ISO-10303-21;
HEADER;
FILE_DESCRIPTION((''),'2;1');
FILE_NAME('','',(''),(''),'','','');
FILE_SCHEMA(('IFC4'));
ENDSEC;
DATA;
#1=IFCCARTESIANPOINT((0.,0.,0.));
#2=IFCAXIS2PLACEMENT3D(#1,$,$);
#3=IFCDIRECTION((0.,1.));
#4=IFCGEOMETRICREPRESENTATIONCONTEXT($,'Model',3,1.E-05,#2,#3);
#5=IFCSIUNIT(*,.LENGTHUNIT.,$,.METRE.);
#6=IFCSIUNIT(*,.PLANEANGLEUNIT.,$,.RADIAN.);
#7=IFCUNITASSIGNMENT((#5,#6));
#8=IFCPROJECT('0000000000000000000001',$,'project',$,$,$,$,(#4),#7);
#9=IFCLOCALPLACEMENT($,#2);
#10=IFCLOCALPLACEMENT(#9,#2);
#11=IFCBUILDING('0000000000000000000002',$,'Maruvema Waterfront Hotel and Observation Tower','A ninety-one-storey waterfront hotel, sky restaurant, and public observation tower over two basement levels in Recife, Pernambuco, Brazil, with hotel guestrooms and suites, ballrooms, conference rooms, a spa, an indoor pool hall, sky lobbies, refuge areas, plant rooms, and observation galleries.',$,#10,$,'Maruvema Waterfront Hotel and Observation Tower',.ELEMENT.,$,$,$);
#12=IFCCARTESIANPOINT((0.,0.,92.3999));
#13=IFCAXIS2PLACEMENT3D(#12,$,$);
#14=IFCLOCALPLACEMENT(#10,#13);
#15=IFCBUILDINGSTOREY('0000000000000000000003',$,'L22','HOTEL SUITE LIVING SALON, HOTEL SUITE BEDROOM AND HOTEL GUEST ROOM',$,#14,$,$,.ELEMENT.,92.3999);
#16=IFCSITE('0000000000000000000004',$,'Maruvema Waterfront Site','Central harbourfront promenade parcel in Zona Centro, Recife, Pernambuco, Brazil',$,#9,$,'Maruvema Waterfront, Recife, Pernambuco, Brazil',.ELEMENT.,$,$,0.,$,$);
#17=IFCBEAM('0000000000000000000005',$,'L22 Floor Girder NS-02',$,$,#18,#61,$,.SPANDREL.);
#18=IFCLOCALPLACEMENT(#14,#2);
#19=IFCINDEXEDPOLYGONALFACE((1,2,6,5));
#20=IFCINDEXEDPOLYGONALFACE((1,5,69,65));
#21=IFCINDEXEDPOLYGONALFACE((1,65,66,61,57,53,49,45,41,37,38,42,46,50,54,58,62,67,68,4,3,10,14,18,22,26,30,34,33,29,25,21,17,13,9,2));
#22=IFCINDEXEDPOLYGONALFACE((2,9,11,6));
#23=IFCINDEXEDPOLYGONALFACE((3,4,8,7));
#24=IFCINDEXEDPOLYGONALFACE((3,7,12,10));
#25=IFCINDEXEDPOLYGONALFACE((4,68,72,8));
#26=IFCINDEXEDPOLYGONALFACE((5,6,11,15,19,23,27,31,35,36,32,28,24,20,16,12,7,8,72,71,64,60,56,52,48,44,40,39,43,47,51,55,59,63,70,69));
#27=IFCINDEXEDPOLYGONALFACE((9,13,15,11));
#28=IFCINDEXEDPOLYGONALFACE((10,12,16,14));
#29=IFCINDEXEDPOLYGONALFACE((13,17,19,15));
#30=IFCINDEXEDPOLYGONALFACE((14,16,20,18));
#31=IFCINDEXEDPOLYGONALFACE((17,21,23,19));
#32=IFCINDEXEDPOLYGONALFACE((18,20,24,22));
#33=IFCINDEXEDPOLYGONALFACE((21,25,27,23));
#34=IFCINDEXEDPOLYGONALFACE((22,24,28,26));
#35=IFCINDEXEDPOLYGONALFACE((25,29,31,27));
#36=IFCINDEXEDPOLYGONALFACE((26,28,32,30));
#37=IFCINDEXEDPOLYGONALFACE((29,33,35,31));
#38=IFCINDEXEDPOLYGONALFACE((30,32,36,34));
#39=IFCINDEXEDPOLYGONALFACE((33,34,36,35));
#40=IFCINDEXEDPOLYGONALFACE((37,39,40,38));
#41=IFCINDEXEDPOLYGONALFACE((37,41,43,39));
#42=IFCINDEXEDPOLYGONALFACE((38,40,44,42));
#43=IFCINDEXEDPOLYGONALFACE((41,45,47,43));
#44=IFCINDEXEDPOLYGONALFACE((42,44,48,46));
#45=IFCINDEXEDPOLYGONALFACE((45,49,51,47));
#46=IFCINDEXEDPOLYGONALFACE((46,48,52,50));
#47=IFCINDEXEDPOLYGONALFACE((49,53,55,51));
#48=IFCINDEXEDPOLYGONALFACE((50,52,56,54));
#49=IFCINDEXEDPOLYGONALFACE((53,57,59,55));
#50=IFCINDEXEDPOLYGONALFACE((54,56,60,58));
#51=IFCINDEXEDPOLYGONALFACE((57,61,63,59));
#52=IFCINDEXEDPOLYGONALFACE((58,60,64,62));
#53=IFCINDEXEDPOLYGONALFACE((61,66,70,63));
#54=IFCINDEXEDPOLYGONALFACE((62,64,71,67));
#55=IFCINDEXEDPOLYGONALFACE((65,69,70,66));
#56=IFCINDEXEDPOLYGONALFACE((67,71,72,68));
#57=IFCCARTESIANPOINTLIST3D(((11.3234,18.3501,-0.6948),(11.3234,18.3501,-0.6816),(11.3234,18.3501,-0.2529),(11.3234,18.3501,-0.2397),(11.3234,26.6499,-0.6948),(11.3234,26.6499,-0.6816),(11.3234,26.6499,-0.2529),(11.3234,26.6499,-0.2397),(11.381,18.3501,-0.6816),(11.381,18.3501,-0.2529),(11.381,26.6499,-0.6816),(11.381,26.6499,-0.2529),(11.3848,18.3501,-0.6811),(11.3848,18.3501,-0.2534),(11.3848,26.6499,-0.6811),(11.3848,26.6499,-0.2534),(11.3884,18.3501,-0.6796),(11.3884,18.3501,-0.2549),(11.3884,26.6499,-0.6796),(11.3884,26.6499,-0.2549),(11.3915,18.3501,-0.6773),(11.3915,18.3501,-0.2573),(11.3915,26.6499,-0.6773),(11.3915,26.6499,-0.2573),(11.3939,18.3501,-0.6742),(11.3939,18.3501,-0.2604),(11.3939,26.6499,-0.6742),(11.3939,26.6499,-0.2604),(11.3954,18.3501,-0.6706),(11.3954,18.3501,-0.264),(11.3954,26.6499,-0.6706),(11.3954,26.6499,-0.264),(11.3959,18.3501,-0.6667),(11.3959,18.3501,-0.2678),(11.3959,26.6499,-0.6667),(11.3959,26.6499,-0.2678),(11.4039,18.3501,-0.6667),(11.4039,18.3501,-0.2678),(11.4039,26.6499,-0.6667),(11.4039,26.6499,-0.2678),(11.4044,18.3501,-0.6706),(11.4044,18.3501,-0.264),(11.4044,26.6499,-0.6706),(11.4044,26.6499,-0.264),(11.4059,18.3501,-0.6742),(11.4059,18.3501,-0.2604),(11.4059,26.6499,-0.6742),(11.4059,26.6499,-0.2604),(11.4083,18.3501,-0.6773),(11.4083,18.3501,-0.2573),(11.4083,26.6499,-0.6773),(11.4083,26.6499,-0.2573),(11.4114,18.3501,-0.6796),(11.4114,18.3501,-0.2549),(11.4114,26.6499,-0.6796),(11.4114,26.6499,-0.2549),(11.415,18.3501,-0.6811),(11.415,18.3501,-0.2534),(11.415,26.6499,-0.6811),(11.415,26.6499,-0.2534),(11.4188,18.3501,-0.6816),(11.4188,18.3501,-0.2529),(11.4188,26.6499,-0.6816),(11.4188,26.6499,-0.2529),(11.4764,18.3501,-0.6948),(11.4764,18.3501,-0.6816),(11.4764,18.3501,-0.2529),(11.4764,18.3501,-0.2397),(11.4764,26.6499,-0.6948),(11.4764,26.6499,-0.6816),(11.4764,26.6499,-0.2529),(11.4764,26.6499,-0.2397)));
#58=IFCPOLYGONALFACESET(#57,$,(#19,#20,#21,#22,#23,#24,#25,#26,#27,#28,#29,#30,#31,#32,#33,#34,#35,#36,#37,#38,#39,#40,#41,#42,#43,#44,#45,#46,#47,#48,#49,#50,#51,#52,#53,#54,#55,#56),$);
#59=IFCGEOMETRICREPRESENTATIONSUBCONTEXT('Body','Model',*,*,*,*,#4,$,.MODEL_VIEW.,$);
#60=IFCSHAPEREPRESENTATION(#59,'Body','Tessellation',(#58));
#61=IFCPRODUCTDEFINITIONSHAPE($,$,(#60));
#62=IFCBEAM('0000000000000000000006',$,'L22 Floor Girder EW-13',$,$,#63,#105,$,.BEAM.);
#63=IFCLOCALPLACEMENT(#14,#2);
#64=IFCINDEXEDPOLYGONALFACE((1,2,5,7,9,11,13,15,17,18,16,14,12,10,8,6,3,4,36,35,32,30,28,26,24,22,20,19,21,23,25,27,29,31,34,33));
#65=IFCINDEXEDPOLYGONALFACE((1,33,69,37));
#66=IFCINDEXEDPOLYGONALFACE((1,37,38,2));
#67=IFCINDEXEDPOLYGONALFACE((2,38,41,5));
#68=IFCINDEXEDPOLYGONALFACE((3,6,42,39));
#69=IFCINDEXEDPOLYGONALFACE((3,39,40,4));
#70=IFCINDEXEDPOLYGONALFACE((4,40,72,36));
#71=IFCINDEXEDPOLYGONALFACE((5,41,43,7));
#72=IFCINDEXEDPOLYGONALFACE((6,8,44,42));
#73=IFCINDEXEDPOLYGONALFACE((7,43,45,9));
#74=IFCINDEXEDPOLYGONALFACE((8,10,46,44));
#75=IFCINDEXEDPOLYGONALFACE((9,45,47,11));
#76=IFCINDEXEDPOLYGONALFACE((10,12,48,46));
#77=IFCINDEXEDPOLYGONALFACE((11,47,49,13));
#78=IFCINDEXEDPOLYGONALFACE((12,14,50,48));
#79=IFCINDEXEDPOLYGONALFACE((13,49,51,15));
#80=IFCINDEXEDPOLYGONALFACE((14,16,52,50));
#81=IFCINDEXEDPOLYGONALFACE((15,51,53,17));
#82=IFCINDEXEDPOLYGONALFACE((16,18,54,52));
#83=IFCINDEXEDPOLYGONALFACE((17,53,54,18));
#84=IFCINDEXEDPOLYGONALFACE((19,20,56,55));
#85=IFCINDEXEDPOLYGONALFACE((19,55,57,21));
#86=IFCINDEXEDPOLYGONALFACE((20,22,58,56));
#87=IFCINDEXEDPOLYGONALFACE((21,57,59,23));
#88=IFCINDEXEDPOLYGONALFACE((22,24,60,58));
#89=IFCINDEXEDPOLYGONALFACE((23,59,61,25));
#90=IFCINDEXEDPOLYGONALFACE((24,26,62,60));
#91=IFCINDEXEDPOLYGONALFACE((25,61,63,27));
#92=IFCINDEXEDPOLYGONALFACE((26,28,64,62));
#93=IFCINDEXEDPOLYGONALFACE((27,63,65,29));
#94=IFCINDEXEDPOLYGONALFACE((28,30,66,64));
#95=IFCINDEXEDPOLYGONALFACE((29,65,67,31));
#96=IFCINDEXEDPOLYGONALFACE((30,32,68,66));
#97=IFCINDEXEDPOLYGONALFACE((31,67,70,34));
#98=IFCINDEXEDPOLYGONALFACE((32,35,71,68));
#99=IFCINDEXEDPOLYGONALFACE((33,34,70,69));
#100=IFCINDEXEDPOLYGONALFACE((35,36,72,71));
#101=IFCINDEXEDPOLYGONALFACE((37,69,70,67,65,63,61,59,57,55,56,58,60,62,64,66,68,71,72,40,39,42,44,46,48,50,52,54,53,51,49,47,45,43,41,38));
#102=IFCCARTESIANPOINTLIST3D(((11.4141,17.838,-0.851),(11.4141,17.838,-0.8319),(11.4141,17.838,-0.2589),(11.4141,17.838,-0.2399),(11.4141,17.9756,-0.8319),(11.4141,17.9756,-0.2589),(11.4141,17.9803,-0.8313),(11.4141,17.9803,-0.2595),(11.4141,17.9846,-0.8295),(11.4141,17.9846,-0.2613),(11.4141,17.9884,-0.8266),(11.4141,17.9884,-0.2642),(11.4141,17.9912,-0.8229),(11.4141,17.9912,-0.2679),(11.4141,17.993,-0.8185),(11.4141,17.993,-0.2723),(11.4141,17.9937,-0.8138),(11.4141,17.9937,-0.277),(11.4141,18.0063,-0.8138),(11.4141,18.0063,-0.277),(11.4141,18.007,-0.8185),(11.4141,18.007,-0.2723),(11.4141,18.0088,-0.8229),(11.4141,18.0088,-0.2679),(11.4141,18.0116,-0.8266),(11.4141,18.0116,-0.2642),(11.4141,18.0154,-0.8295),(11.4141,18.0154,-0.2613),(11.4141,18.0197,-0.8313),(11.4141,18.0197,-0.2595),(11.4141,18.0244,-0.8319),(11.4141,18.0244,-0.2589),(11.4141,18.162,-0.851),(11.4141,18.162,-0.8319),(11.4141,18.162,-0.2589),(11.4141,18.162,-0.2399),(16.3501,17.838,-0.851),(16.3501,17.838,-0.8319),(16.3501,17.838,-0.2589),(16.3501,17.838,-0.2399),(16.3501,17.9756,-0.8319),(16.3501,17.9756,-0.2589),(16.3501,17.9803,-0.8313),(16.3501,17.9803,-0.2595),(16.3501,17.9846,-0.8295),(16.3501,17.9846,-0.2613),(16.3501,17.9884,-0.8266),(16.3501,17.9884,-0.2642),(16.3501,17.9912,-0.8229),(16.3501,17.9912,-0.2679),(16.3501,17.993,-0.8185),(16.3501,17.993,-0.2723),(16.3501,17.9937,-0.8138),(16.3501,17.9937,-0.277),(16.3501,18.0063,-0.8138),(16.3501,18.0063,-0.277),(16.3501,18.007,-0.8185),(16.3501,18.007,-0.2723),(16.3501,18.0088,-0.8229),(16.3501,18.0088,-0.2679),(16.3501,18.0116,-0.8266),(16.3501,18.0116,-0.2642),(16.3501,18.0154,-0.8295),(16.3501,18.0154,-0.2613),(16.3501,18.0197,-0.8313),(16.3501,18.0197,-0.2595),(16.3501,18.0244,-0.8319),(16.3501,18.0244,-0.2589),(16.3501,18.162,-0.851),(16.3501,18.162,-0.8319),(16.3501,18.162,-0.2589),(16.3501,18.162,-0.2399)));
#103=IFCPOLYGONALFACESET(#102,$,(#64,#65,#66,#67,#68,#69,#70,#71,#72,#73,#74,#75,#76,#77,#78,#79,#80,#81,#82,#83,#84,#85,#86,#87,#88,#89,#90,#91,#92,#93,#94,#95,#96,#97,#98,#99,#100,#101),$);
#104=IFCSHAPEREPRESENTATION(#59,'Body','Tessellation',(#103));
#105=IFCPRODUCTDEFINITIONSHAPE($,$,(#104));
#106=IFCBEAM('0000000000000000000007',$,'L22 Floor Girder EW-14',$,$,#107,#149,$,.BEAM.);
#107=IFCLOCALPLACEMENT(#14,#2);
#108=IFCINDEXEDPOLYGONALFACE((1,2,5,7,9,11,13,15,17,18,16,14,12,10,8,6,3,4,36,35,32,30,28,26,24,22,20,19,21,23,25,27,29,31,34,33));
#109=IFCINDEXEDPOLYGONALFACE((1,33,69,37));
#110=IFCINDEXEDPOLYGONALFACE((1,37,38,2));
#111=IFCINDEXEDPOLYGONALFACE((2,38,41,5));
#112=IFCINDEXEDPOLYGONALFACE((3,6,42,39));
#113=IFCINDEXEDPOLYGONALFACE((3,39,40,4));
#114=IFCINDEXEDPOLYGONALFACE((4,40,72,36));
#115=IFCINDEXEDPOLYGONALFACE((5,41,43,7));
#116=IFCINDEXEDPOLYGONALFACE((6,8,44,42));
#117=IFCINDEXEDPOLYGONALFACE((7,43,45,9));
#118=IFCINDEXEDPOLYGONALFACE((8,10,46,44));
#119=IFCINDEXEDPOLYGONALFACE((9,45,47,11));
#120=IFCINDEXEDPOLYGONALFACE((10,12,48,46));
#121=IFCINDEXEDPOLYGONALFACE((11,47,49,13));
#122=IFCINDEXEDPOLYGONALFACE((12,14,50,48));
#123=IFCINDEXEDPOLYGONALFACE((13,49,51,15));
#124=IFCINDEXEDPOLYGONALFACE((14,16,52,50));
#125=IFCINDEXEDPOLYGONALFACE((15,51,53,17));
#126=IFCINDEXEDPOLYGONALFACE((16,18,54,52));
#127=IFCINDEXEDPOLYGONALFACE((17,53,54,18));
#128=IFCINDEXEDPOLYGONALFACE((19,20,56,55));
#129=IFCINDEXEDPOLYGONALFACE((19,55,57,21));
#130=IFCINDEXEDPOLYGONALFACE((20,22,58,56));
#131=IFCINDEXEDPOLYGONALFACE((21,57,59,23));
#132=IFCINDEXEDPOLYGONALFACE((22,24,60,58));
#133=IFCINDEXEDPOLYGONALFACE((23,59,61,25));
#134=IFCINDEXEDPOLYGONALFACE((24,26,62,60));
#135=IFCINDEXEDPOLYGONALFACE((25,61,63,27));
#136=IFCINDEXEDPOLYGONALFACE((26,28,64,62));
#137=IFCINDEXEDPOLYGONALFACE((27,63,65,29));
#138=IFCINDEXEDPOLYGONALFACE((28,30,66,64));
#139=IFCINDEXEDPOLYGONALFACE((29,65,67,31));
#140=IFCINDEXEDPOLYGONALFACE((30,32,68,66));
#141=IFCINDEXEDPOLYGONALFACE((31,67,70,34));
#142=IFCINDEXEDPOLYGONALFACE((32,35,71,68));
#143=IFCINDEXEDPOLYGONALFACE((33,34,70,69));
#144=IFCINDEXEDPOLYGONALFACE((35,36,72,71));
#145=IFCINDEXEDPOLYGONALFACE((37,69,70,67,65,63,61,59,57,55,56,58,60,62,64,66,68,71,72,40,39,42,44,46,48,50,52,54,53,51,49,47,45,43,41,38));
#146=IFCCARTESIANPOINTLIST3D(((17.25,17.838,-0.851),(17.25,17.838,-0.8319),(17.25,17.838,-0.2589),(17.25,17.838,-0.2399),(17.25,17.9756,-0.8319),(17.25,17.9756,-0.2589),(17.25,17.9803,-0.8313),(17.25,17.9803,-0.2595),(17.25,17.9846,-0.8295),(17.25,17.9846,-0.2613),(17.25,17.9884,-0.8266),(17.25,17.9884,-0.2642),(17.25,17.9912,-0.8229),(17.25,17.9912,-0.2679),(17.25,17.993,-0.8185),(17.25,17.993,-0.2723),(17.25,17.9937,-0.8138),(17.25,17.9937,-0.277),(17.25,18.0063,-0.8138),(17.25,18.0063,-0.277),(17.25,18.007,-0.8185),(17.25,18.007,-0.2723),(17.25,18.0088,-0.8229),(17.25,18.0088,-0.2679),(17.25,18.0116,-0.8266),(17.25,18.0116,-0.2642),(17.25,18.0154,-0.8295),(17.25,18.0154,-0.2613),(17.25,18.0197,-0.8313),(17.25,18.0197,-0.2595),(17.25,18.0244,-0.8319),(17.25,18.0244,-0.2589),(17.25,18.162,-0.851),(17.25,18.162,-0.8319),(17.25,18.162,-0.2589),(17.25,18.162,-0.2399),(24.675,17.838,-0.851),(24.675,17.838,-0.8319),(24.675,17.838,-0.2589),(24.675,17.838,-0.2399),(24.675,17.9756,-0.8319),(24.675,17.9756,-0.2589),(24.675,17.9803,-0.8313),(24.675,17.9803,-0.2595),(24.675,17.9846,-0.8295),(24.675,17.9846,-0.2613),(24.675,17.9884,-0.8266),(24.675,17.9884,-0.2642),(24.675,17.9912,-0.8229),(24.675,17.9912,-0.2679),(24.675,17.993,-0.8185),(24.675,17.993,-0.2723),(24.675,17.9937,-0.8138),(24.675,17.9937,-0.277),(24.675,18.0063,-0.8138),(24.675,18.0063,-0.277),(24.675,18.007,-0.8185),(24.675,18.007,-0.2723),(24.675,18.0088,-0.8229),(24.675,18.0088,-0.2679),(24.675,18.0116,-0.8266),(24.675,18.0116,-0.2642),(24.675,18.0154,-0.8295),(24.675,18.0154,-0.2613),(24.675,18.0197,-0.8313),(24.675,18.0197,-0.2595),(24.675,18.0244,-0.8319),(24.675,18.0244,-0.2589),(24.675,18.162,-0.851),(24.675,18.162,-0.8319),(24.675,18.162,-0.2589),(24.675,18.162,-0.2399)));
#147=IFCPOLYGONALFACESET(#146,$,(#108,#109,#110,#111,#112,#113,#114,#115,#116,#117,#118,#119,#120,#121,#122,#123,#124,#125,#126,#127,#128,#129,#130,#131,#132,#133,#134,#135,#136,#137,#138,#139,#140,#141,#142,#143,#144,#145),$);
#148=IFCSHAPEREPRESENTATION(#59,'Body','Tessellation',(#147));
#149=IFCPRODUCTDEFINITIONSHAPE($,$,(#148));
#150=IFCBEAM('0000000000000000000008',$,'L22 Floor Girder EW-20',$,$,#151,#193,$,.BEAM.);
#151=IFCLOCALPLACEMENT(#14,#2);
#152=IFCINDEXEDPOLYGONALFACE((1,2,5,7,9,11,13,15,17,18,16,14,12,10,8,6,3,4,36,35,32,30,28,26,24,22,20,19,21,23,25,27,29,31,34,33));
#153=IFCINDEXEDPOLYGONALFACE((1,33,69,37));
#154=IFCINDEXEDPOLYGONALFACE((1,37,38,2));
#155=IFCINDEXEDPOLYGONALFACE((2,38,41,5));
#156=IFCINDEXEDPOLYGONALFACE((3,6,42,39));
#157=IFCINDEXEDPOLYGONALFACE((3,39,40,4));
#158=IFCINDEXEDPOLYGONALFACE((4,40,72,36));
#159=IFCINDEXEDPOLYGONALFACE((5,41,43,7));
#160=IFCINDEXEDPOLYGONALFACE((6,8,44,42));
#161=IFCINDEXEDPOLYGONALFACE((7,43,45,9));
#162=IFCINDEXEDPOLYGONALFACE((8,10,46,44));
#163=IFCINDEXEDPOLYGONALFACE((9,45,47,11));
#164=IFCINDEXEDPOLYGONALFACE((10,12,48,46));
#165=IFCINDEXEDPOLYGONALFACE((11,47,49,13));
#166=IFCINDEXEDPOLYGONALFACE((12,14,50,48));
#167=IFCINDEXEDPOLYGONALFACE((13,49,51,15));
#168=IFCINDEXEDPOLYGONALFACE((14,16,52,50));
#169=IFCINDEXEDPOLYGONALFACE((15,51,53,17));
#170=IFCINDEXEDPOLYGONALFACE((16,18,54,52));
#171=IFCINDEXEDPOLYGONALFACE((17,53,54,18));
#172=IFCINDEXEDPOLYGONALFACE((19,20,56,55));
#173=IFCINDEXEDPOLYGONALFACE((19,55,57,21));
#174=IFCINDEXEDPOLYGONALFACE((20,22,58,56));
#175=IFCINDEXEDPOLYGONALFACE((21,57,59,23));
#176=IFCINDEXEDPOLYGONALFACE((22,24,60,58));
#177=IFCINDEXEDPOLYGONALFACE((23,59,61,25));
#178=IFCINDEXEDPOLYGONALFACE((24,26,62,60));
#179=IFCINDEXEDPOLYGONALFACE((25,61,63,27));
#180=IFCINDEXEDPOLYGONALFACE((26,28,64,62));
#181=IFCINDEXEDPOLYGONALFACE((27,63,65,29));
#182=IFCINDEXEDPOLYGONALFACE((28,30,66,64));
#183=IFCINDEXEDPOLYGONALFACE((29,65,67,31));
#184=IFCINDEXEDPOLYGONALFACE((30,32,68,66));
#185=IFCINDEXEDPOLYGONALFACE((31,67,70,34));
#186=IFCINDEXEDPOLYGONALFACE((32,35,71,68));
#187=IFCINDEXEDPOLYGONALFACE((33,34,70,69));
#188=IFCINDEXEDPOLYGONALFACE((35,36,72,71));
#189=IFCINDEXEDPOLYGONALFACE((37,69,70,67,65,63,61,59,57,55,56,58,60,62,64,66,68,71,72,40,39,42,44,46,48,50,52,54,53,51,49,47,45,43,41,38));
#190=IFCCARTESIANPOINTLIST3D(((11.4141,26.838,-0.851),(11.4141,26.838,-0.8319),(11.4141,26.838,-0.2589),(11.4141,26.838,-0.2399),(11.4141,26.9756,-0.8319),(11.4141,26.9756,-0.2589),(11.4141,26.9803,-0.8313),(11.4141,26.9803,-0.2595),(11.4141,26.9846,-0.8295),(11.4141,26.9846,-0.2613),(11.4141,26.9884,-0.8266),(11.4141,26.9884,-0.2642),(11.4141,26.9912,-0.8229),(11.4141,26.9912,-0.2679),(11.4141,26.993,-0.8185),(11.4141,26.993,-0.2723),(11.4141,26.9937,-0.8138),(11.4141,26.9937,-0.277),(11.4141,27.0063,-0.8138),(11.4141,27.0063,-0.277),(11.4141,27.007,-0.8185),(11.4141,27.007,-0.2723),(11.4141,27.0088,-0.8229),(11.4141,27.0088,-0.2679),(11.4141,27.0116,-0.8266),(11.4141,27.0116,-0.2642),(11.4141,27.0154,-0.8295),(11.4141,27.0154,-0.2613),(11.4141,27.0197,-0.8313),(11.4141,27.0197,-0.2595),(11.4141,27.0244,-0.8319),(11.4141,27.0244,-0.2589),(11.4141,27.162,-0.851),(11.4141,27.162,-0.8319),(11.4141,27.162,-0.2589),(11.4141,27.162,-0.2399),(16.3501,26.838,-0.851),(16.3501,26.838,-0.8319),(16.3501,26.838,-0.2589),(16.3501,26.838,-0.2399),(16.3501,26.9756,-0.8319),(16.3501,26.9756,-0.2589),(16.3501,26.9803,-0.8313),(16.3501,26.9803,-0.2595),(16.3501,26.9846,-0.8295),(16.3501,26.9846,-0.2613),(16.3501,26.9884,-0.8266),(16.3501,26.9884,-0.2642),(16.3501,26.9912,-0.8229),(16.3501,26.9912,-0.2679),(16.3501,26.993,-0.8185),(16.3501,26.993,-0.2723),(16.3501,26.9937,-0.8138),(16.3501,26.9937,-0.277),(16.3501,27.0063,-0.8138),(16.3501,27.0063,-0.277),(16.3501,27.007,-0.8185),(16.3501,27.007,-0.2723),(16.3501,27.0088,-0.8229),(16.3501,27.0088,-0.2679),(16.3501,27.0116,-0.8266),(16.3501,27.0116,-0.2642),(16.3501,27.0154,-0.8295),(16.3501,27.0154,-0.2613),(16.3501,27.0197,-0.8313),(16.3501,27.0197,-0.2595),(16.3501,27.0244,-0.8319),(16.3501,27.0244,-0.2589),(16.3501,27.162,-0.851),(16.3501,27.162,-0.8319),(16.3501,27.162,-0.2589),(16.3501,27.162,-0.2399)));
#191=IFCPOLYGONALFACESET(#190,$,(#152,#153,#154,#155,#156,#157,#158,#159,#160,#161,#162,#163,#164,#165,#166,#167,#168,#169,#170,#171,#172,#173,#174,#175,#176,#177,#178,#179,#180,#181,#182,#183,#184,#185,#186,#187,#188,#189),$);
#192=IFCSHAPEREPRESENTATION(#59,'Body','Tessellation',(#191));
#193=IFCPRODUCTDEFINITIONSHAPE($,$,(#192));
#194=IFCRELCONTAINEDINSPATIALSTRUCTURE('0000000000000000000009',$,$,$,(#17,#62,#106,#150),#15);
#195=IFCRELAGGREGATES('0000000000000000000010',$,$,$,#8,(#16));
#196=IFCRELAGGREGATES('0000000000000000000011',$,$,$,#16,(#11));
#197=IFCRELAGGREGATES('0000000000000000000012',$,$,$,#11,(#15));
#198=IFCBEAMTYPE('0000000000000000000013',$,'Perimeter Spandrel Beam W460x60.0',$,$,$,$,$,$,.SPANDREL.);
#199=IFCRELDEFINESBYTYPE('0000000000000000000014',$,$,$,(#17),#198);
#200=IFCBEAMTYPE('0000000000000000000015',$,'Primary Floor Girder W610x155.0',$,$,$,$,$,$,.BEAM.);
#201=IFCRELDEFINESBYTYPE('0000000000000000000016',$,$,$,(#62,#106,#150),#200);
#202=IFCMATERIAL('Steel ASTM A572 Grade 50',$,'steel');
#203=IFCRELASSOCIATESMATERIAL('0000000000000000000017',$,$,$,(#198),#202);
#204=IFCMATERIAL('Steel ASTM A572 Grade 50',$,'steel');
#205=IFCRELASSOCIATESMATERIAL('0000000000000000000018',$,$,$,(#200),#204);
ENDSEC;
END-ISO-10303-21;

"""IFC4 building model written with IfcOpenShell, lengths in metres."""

from ifc_helpers import new_model, si_unit, direction, frame, origin, origin_2d, place, context, subcontext, project, spatial, i_section, extrude, material, material_profile, profile_set, type_object, element, save


model = new_model("IFC4")

# Units and contexts
model_context = context("Model", 3, precision=1e-05, world=origin(), true_north=direction((0.0, 1.0)))
body_context = subcontext(model_context, "Body", "Model", "MODEL_VIEW")
ifc_project = project(units=[si_unit("LENGTHUNIT", "METRE"), si_unit("PLANEANGLEUNIT", "RADIAN")], contexts=[model_context])

# Site, building, storey
site_placement = place(None, origin())
site = spatial("IfcSite", under=ifc_project, at=site_placement, Name="Maruvema Waterfront Site", Description="Central harbourfront promenade parcel in Zona Centro, Recife, Pernambuco, Brazil", LongName="Maruvema Waterfront, Recife, Pernambuco, Brazil", CompositionType="ELEMENT", RefElevation=0.0)
building_placement = place(site_placement, origin())
building = spatial("IfcBuilding", under=site, at=building_placement, Name="Maruvema Waterfront Hotel and Observation Tower", Description="A ninety-one-storey waterfront hotel, sky restaurant, and public observation tower over two basement levels in Recife, Pernambuco, Brazil, with hotel guestrooms and suites, ballrooms, conference rooms, a spa, an indoor pool hall, sky lobbies, refuge areas, plant rooms, and observation galleries.", LongName="Maruvema Waterfront Hotel and Observation Tower", CompositionType="ELEMENT")
storey_placement = place(building_placement, frame((0.0, 0.0, 92.3999)))
storey = spatial("IfcBuildingStorey", under=building, at=storey_placement, Name="L22", Description="HOTEL SUITE LIVING SALON, HOTEL SUITE BEDROOM AND HOTEL GUEST ROOM", CompositionType="ELEMENT", Elevation=92.3999)

# Beams
ifc_material_1 = material(Name="Steel ASTM A572 Grade 50", Category="steel")
ifc_material_profile_1 = material_profile(ifc_material_1, i_section(OverallWidth=0.1531, OverallDepth=0.4551, WebThickness=0.0081, FlangeThickness=0.0132, FilletRadius=0.0149, at=origin_2d()), Name="W460x60.0")
ifc_profile_set_1 = profile_set([ifc_material_profile_1], Name="Steel ASTM A572 Grade 50")
beam_type_1 = type_object("IfcBeamType", Name="Perimeter Spandrel Beam W460x60.0", PredefinedType="SPANDREL", material=ifc_profile_set_1)
beam_1_placement = place(storey_placement, frame((11.3999, 18.3501, -0.4673), z_axis=(0.0, 1.0, 0.0), x_axis=(-1.0, 0.0, 0.0)))
element("IfcBeam", 1, at=beam_1_placement, inside=storey, type_object=beam_type_1, Name="L22 Floor Girder NS-02", PredefinedType="SPANDREL", context=body_context, shape_type="SweptSolid", body=[
    extrude(i_section(OverallWidth=0.1531, OverallDepth=0.4551, WebThickness=0.0081, FlangeThickness=0.0132, FilletRadius=0.0149, at=origin_2d()), origin(), (0.0, 0.0, 1.0), 8.2998),
])
ifc_material_2 = material(Name="Steel ASTM A572 Grade 50", Category="steel")
ifc_material_profile_2 = material_profile(ifc_material_2, i_section(OverallWidth=0.324, OverallDepth=0.6111, WebThickness=0.0127, FlangeThickness=0.019, FilletRadius=0.0181, at=origin_2d()), Name="W610x155.0")
ifc_profile_set_2 = profile_set([ifc_material_profile_2], Name="Steel ASTM A572 Grade 50")
beam_type_2 = type_object("IfcBeamType", Name="Primary Floor Girder W610x155.0", PredefinedType="BEAM", material=ifc_profile_set_2)
beam_2_placement = place(storey_placement, frame((11.4141, 18.0, -0.5454), z_axis=(1.0, 0.0, 0.0), x_axis=(0.0, 1.0, 0.0)))
element("IfcBeam", 2, at=beam_2_placement, inside=storey, type_object=beam_type_2, Name="L22 Floor Girder EW-13", PredefinedType="BEAM", context=body_context, shape_type="SweptSolid", body=[
    extrude(i_section(OverallWidth=0.324, OverallDepth=0.6111, WebThickness=0.0127, FlangeThickness=0.019, FilletRadius=0.0181, at=origin_2d()), origin(), (0.0, 0.0, 1.0), 4.936),
])
beam_3_placement = place(storey_placement, frame((17.25, 18.0, -0.5454), z_axis=(1.0, 0.0, 0.0), x_axis=(0.0, 1.0, 0.0)))
element("IfcBeam", 3, at=beam_3_placement, inside=storey, type_object=beam_type_2, Name="L22 Floor Girder EW-14", PredefinedType="BEAM", context=body_context, shape_type="SweptSolid", body=[
    extrude(i_section(OverallWidth=0.324, OverallDepth=0.6111, WebThickness=0.0127, FlangeThickness=0.019, FilletRadius=0.0181, at=origin_2d()), origin(), (0.0, 0.0, 1.0), 7.425),
])
beam_4_placement = place(storey_placement, frame((11.4141, 27.0, -0.5454), z_axis=(1.0, 0.0, 0.0), x_axis=(0.0, 1.0, 0.0)))
element("IfcBeam", 4, at=beam_4_placement, inside=storey, type_object=beam_type_2, Name="L22 Floor Girder EW-20", PredefinedType="BEAM", context=body_context, shape_type="SweptSolid", body=[
    extrude(i_section(OverallWidth=0.324, OverallDepth=0.6111, WebThickness=0.0127, FlangeThickness=0.019, FilletRadius=0.0181, at=origin_2d()), origin(), (0.0, 0.0, 1.0), 4.936),
])

save(model, "model.ifc")
